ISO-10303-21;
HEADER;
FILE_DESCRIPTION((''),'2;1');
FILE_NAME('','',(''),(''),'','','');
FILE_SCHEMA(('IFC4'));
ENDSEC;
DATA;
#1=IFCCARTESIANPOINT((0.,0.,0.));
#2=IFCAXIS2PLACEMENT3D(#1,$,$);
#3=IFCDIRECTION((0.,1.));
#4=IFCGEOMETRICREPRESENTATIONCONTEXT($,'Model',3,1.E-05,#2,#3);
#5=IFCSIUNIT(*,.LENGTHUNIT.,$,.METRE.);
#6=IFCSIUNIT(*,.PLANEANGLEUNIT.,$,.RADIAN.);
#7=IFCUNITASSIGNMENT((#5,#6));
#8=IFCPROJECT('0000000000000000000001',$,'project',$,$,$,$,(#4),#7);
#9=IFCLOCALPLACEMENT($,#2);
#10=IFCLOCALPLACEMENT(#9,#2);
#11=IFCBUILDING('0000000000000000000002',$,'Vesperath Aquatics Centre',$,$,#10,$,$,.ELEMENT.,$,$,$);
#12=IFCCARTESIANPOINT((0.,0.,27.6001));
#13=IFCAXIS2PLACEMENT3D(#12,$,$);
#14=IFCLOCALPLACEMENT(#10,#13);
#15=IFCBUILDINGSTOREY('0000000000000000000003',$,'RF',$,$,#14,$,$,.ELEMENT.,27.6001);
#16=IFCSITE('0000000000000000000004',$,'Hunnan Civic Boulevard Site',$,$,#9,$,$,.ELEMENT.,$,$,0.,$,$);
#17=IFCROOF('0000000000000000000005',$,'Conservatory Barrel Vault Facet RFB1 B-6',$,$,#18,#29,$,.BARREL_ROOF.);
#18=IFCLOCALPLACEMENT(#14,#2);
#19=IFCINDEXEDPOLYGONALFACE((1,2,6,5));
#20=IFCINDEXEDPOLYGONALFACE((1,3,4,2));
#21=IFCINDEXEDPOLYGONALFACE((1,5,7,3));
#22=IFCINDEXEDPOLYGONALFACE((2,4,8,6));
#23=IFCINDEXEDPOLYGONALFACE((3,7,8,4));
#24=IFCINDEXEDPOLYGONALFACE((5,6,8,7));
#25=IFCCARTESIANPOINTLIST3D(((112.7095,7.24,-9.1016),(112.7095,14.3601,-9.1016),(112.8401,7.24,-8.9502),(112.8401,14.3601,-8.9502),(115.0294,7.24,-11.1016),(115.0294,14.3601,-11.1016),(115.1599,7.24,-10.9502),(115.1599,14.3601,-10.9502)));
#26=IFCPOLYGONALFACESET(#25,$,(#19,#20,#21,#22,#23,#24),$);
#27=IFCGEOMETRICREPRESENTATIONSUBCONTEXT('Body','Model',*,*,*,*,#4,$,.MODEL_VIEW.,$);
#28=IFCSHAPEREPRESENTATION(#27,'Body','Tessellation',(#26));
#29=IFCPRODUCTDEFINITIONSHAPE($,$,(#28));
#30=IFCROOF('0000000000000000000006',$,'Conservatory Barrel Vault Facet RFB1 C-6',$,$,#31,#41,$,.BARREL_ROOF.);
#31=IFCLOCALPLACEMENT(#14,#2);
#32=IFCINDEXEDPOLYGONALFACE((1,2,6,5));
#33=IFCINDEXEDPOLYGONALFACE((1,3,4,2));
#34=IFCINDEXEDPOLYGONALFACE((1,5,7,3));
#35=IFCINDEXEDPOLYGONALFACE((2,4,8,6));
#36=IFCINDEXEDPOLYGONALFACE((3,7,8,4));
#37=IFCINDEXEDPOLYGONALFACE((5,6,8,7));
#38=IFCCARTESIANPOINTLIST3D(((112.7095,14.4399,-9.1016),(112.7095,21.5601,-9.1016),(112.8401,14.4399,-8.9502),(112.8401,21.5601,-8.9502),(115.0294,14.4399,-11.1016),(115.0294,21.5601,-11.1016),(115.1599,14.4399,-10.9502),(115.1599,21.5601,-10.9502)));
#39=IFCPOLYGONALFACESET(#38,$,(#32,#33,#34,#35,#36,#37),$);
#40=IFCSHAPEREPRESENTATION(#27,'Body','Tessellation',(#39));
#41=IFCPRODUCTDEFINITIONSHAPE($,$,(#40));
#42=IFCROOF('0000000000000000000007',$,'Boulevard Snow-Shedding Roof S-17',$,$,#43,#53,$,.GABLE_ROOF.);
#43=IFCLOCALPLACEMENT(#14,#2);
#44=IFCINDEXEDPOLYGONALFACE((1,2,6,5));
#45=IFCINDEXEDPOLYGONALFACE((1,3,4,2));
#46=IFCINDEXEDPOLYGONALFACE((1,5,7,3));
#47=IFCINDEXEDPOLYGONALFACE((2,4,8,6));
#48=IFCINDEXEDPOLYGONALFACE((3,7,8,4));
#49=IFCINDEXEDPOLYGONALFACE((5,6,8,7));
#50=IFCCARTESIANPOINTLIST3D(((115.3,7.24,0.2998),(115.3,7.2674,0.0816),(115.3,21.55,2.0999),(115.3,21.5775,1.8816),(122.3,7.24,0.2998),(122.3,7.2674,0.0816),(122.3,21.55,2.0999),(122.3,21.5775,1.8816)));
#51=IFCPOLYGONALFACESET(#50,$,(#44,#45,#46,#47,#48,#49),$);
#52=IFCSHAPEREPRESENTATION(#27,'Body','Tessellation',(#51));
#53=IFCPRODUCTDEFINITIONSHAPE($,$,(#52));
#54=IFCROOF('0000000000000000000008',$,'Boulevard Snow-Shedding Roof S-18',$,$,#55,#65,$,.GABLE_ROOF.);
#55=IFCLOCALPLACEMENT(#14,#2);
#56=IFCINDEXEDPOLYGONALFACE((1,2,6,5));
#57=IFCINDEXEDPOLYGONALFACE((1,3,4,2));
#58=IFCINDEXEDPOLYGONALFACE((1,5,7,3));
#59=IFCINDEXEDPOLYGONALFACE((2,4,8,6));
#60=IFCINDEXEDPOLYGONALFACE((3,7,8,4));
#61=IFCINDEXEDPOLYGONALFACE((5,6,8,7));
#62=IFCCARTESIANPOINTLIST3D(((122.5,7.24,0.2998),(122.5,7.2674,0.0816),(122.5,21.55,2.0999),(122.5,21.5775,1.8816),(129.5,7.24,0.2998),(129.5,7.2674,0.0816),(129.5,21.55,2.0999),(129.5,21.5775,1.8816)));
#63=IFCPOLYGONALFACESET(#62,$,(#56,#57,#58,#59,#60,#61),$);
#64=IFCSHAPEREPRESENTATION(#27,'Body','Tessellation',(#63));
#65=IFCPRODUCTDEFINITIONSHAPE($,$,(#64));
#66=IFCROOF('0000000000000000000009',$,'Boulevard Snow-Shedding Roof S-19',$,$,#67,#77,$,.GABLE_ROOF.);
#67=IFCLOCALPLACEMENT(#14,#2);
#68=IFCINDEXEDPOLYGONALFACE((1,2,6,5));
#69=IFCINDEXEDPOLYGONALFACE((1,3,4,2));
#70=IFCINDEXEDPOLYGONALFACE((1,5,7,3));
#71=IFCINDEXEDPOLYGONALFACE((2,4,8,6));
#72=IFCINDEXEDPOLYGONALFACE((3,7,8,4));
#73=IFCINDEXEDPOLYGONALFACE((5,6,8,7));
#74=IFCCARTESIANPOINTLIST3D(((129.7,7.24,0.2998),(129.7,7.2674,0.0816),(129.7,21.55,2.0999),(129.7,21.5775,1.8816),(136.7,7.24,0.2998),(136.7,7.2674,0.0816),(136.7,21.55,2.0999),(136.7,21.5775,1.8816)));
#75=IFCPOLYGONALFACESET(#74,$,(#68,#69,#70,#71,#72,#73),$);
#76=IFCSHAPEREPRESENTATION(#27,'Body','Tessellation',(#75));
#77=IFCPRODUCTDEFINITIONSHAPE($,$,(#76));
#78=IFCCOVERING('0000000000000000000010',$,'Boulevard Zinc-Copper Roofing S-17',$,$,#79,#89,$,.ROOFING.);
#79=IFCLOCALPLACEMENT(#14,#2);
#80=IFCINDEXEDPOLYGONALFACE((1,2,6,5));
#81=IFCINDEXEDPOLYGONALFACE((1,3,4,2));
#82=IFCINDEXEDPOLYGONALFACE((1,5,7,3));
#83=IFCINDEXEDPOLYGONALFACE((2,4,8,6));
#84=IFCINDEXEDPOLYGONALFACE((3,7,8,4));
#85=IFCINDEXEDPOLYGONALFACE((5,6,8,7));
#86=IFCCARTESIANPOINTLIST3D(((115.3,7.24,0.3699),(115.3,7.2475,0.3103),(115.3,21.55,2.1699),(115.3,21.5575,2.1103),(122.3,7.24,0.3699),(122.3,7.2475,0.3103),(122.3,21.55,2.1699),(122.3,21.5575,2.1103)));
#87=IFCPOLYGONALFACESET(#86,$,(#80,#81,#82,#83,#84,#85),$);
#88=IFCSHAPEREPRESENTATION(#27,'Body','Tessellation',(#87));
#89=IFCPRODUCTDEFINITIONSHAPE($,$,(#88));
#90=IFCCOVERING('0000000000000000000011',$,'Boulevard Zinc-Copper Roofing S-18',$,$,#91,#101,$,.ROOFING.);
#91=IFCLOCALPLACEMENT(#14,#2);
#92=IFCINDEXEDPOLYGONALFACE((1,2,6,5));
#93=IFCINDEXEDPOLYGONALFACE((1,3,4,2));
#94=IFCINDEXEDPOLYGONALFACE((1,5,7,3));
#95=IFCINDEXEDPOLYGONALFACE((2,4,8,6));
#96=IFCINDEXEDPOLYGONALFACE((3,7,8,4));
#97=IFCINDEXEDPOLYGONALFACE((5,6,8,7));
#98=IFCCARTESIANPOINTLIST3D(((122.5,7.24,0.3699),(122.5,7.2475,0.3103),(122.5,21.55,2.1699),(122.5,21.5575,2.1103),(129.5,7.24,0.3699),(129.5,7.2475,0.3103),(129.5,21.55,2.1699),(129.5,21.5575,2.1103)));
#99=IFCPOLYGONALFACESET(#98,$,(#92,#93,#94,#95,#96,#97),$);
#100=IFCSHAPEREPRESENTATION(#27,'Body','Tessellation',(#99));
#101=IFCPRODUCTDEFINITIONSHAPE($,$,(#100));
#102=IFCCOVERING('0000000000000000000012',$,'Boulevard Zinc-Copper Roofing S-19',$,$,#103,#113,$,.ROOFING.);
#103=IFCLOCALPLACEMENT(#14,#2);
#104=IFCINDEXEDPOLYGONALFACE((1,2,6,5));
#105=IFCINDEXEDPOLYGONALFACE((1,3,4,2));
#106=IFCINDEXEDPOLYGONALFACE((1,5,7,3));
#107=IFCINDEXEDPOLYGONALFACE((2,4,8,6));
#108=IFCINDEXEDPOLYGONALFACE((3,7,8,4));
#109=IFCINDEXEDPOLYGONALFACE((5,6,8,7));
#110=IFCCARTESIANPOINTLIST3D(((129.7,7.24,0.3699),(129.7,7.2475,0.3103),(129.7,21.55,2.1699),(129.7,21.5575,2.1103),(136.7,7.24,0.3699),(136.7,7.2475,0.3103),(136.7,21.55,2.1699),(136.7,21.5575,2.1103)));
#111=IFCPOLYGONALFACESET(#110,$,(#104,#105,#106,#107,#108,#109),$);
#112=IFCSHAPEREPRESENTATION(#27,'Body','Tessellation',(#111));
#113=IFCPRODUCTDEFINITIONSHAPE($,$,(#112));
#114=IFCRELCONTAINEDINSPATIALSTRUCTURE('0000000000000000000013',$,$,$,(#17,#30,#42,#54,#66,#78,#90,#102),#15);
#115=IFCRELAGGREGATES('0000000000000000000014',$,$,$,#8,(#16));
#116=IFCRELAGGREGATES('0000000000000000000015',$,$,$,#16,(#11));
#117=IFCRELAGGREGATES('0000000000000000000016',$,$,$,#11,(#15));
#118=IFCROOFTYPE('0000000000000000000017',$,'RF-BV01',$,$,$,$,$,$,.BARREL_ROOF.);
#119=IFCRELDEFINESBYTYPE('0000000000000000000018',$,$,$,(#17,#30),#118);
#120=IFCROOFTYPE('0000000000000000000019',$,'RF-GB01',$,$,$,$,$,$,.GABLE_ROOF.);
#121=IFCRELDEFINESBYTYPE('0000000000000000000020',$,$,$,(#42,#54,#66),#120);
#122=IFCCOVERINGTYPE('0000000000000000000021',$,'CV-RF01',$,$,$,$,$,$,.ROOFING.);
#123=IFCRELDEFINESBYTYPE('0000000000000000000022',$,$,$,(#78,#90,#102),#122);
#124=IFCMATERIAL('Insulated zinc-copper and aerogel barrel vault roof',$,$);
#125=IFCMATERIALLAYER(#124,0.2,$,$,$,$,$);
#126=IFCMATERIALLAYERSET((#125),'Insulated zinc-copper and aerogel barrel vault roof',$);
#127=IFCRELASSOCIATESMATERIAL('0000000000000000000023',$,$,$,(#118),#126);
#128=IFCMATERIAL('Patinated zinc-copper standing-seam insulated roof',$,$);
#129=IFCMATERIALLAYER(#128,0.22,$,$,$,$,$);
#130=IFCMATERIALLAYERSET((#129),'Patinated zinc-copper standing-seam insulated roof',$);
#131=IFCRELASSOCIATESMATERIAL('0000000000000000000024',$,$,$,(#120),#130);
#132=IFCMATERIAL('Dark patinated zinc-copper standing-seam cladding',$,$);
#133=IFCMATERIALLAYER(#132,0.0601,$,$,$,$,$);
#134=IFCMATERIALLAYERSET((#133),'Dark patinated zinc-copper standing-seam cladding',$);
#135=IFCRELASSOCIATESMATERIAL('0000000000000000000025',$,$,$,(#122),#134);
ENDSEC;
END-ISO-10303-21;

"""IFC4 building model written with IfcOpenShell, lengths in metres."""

from ifc_helpers import new_model, si_unit, direction, frame, origin, place, context, subcontext, project, spatial, polyline, outline, extrude, material, layer, layer_set, type_object, element, save


model = new_model("IFC4")

# Units and contexts
model_context = context("Model", 3, precision=1e-05, world=origin(), true_north=direction((0.0, 1.0)))
body_context = subcontext(model_context, "Body", "Model", "MODEL_VIEW")
ifc_project = project(units=[si_unit("LENGTHUNIT", "METRE"), si_unit("PLANEANGLEUNIT", "RADIAN")], contexts=[model_context])

# Site, building, storey
site_placement = place(None, origin())
site = spatial("IfcSite", under=ifc_project, at=site_placement, Name="Hunnan Civic Boulevard Site", CompositionType="ELEMENT", RefElevation=0.0)
building_placement = place(site_placement, origin())
building = spatial("IfcBuilding", under=site, at=building_placement, Name="Vesperath Aquatics Centre", CompositionType="ELEMENT")
storey_placement = place(building_placement, frame((0.0, 0.0, 27.6001)))
storey = spatial("IfcBuildingStorey", under=building, at=storey_placement, Name="RF", CompositionType="ELEMENT", Elevation=27.6001)

# Roofs
ifc_material_1 = material(Name="Insulated zinc-copper and aerogel barrel vault roof")
ifc_layer_1 = layer(ifc_material_1, 0.2)
ifc_layer_set_1 = layer_set([ifc_layer_1], Name="Insulated zinc-copper and aerogel barrel vault roof")
roof_type_1 = type_object("IfcRoofType", Name="RF-BV01", PredefinedType="BARREL_ROOF", material=ifc_layer_set_1)
for number, where, z_axis, x_axis, name in (
    (1, (112.8401, 7.24, -8.9502), (0.652968, 0.0, 0.757385), (0.757385, 0.0, -0.652968), "Conservatory Barrel Vault Facet RFB1 B-6"),
    (2, (112.8401, 14.4399, -8.9502), (0.652968, 0.0, 0.757385), (0.757385, 0.0, -0.652968), "Conservatory Barrel Vault Facet RFB1 C-6"),
):
    element("IfcRoof", number, at=place(storey_placement, frame(where, z_axis=z_axis, x_axis=x_axis)), inside=storey, type_object=roof_type_1, Name=name, PredefinedType="BARREL_ROOF", context=body_context, shape_type="SweptSolid", body=[
        extrude(outline(polyline([(0.0, 0.0), (3.0629, 0.0), (3.0629, 7.1201), (0.0, 7.1201), (0.0, 0.0)])), origin(), (0.0, 0.0, -1.0), 0.2),
    ])
ifc_material_2 = material(Name="Patinated zinc-copper standing-seam insulated roof")
ifc_layer_2 = layer(ifc_material_2, 0.22)
ifc_layer_set_2 = layer_set([ifc_layer_2], Name="Patinated zinc-copper standing-seam insulated roof")
roof_type_2 = type_object("IfcRoofType", Name="RF-GB01", PredefinedType="GABLE_ROOF", material=ifc_layer_set_2)
for number, where, z_axis, x_axis, name in (
    (3, (115.3, 7.24, 0.2998), (0.0, -0.124806, 0.992181), (1.0, 0.0, 0.0), "Boulevard Snow-Shedding Roof S-17"),
    (4, (122.5, 7.24, 0.2998), (0.0, -0.124806, 0.992181), (1.0, 0.0, 0.0), "Boulevard Snow-Shedding Roof S-18"),
    (5, (129.7, 7.24, 0.2998), (0.0, -0.124806, 0.992181), (1.0, 0.0, 0.0), "Boulevard Snow-Shedding Roof S-19"),
):
    element("IfcRoof", number, at=place(storey_placement, frame(where, z_axis=z_axis, x_axis=x_axis)), inside=storey, type_object=roof_type_2, Name=name, PredefinedType="GABLE_ROOF", context=body_context, shape_type="SweptSolid", body=[
        extrude(outline(polyline([(0.0, 0.0), (7.0, 0.0), (7.0, 14.4228), (0.0, 14.4228), (0.0, 0.0)])), origin(), (0.0, 0.0, -1.0), 0.22),
    ])

# Coverings
ifc_material_3 = material(Name="Dark patinated zinc-copper standing-seam cladding")
ifc_layer_3 = layer(ifc_material_3, 0.0601)
ifc_layer_set_3 = layer_set([ifc_layer_3], Name="Dark patinated zinc-copper standing-seam cladding")
covering_type = type_object("IfcCoveringType", Name="CV-RF01", PredefinedType="ROOFING", material=ifc_layer_set_3)
for number, where, z_axis, x_axis, name in (
    (6, (115.3, 7.24, 0.3699), (0.0, -0.124806, 0.992181), (1.0, 0.0, 0.0), "Boulevard Zinc-Copper Roofing S-17"),
    (7, (122.5, 7.24, 0.3699), (0.0, -0.124806, 0.992181), (1.0, 0.0, 0.0), "Boulevard Zinc-Copper Roofing S-18"),
    (8, (129.7, 7.24, 0.3699), (0.0, -0.124806, 0.992181), (1.0, 0.0, 0.0), "Boulevard Zinc-Copper Roofing S-19"),
):
    element("IfcCovering", number, at=place(storey_placement, frame(where, z_axis=z_axis, x_axis=x_axis)), inside=storey, type_object=covering_type, Name=name, PredefinedType="ROOFING", context=body_context, shape_type="SweptSolid", body=[
        extrude(outline(polyline([(0.0, 0.0), (7.0, 0.0), (7.0, 14.4228), (0.0, 14.4228), (0.0, 0.0)])), origin(), (0.0, 0.0, -1.0), 0.0601),
    ])

save(model, "model.ifc")
